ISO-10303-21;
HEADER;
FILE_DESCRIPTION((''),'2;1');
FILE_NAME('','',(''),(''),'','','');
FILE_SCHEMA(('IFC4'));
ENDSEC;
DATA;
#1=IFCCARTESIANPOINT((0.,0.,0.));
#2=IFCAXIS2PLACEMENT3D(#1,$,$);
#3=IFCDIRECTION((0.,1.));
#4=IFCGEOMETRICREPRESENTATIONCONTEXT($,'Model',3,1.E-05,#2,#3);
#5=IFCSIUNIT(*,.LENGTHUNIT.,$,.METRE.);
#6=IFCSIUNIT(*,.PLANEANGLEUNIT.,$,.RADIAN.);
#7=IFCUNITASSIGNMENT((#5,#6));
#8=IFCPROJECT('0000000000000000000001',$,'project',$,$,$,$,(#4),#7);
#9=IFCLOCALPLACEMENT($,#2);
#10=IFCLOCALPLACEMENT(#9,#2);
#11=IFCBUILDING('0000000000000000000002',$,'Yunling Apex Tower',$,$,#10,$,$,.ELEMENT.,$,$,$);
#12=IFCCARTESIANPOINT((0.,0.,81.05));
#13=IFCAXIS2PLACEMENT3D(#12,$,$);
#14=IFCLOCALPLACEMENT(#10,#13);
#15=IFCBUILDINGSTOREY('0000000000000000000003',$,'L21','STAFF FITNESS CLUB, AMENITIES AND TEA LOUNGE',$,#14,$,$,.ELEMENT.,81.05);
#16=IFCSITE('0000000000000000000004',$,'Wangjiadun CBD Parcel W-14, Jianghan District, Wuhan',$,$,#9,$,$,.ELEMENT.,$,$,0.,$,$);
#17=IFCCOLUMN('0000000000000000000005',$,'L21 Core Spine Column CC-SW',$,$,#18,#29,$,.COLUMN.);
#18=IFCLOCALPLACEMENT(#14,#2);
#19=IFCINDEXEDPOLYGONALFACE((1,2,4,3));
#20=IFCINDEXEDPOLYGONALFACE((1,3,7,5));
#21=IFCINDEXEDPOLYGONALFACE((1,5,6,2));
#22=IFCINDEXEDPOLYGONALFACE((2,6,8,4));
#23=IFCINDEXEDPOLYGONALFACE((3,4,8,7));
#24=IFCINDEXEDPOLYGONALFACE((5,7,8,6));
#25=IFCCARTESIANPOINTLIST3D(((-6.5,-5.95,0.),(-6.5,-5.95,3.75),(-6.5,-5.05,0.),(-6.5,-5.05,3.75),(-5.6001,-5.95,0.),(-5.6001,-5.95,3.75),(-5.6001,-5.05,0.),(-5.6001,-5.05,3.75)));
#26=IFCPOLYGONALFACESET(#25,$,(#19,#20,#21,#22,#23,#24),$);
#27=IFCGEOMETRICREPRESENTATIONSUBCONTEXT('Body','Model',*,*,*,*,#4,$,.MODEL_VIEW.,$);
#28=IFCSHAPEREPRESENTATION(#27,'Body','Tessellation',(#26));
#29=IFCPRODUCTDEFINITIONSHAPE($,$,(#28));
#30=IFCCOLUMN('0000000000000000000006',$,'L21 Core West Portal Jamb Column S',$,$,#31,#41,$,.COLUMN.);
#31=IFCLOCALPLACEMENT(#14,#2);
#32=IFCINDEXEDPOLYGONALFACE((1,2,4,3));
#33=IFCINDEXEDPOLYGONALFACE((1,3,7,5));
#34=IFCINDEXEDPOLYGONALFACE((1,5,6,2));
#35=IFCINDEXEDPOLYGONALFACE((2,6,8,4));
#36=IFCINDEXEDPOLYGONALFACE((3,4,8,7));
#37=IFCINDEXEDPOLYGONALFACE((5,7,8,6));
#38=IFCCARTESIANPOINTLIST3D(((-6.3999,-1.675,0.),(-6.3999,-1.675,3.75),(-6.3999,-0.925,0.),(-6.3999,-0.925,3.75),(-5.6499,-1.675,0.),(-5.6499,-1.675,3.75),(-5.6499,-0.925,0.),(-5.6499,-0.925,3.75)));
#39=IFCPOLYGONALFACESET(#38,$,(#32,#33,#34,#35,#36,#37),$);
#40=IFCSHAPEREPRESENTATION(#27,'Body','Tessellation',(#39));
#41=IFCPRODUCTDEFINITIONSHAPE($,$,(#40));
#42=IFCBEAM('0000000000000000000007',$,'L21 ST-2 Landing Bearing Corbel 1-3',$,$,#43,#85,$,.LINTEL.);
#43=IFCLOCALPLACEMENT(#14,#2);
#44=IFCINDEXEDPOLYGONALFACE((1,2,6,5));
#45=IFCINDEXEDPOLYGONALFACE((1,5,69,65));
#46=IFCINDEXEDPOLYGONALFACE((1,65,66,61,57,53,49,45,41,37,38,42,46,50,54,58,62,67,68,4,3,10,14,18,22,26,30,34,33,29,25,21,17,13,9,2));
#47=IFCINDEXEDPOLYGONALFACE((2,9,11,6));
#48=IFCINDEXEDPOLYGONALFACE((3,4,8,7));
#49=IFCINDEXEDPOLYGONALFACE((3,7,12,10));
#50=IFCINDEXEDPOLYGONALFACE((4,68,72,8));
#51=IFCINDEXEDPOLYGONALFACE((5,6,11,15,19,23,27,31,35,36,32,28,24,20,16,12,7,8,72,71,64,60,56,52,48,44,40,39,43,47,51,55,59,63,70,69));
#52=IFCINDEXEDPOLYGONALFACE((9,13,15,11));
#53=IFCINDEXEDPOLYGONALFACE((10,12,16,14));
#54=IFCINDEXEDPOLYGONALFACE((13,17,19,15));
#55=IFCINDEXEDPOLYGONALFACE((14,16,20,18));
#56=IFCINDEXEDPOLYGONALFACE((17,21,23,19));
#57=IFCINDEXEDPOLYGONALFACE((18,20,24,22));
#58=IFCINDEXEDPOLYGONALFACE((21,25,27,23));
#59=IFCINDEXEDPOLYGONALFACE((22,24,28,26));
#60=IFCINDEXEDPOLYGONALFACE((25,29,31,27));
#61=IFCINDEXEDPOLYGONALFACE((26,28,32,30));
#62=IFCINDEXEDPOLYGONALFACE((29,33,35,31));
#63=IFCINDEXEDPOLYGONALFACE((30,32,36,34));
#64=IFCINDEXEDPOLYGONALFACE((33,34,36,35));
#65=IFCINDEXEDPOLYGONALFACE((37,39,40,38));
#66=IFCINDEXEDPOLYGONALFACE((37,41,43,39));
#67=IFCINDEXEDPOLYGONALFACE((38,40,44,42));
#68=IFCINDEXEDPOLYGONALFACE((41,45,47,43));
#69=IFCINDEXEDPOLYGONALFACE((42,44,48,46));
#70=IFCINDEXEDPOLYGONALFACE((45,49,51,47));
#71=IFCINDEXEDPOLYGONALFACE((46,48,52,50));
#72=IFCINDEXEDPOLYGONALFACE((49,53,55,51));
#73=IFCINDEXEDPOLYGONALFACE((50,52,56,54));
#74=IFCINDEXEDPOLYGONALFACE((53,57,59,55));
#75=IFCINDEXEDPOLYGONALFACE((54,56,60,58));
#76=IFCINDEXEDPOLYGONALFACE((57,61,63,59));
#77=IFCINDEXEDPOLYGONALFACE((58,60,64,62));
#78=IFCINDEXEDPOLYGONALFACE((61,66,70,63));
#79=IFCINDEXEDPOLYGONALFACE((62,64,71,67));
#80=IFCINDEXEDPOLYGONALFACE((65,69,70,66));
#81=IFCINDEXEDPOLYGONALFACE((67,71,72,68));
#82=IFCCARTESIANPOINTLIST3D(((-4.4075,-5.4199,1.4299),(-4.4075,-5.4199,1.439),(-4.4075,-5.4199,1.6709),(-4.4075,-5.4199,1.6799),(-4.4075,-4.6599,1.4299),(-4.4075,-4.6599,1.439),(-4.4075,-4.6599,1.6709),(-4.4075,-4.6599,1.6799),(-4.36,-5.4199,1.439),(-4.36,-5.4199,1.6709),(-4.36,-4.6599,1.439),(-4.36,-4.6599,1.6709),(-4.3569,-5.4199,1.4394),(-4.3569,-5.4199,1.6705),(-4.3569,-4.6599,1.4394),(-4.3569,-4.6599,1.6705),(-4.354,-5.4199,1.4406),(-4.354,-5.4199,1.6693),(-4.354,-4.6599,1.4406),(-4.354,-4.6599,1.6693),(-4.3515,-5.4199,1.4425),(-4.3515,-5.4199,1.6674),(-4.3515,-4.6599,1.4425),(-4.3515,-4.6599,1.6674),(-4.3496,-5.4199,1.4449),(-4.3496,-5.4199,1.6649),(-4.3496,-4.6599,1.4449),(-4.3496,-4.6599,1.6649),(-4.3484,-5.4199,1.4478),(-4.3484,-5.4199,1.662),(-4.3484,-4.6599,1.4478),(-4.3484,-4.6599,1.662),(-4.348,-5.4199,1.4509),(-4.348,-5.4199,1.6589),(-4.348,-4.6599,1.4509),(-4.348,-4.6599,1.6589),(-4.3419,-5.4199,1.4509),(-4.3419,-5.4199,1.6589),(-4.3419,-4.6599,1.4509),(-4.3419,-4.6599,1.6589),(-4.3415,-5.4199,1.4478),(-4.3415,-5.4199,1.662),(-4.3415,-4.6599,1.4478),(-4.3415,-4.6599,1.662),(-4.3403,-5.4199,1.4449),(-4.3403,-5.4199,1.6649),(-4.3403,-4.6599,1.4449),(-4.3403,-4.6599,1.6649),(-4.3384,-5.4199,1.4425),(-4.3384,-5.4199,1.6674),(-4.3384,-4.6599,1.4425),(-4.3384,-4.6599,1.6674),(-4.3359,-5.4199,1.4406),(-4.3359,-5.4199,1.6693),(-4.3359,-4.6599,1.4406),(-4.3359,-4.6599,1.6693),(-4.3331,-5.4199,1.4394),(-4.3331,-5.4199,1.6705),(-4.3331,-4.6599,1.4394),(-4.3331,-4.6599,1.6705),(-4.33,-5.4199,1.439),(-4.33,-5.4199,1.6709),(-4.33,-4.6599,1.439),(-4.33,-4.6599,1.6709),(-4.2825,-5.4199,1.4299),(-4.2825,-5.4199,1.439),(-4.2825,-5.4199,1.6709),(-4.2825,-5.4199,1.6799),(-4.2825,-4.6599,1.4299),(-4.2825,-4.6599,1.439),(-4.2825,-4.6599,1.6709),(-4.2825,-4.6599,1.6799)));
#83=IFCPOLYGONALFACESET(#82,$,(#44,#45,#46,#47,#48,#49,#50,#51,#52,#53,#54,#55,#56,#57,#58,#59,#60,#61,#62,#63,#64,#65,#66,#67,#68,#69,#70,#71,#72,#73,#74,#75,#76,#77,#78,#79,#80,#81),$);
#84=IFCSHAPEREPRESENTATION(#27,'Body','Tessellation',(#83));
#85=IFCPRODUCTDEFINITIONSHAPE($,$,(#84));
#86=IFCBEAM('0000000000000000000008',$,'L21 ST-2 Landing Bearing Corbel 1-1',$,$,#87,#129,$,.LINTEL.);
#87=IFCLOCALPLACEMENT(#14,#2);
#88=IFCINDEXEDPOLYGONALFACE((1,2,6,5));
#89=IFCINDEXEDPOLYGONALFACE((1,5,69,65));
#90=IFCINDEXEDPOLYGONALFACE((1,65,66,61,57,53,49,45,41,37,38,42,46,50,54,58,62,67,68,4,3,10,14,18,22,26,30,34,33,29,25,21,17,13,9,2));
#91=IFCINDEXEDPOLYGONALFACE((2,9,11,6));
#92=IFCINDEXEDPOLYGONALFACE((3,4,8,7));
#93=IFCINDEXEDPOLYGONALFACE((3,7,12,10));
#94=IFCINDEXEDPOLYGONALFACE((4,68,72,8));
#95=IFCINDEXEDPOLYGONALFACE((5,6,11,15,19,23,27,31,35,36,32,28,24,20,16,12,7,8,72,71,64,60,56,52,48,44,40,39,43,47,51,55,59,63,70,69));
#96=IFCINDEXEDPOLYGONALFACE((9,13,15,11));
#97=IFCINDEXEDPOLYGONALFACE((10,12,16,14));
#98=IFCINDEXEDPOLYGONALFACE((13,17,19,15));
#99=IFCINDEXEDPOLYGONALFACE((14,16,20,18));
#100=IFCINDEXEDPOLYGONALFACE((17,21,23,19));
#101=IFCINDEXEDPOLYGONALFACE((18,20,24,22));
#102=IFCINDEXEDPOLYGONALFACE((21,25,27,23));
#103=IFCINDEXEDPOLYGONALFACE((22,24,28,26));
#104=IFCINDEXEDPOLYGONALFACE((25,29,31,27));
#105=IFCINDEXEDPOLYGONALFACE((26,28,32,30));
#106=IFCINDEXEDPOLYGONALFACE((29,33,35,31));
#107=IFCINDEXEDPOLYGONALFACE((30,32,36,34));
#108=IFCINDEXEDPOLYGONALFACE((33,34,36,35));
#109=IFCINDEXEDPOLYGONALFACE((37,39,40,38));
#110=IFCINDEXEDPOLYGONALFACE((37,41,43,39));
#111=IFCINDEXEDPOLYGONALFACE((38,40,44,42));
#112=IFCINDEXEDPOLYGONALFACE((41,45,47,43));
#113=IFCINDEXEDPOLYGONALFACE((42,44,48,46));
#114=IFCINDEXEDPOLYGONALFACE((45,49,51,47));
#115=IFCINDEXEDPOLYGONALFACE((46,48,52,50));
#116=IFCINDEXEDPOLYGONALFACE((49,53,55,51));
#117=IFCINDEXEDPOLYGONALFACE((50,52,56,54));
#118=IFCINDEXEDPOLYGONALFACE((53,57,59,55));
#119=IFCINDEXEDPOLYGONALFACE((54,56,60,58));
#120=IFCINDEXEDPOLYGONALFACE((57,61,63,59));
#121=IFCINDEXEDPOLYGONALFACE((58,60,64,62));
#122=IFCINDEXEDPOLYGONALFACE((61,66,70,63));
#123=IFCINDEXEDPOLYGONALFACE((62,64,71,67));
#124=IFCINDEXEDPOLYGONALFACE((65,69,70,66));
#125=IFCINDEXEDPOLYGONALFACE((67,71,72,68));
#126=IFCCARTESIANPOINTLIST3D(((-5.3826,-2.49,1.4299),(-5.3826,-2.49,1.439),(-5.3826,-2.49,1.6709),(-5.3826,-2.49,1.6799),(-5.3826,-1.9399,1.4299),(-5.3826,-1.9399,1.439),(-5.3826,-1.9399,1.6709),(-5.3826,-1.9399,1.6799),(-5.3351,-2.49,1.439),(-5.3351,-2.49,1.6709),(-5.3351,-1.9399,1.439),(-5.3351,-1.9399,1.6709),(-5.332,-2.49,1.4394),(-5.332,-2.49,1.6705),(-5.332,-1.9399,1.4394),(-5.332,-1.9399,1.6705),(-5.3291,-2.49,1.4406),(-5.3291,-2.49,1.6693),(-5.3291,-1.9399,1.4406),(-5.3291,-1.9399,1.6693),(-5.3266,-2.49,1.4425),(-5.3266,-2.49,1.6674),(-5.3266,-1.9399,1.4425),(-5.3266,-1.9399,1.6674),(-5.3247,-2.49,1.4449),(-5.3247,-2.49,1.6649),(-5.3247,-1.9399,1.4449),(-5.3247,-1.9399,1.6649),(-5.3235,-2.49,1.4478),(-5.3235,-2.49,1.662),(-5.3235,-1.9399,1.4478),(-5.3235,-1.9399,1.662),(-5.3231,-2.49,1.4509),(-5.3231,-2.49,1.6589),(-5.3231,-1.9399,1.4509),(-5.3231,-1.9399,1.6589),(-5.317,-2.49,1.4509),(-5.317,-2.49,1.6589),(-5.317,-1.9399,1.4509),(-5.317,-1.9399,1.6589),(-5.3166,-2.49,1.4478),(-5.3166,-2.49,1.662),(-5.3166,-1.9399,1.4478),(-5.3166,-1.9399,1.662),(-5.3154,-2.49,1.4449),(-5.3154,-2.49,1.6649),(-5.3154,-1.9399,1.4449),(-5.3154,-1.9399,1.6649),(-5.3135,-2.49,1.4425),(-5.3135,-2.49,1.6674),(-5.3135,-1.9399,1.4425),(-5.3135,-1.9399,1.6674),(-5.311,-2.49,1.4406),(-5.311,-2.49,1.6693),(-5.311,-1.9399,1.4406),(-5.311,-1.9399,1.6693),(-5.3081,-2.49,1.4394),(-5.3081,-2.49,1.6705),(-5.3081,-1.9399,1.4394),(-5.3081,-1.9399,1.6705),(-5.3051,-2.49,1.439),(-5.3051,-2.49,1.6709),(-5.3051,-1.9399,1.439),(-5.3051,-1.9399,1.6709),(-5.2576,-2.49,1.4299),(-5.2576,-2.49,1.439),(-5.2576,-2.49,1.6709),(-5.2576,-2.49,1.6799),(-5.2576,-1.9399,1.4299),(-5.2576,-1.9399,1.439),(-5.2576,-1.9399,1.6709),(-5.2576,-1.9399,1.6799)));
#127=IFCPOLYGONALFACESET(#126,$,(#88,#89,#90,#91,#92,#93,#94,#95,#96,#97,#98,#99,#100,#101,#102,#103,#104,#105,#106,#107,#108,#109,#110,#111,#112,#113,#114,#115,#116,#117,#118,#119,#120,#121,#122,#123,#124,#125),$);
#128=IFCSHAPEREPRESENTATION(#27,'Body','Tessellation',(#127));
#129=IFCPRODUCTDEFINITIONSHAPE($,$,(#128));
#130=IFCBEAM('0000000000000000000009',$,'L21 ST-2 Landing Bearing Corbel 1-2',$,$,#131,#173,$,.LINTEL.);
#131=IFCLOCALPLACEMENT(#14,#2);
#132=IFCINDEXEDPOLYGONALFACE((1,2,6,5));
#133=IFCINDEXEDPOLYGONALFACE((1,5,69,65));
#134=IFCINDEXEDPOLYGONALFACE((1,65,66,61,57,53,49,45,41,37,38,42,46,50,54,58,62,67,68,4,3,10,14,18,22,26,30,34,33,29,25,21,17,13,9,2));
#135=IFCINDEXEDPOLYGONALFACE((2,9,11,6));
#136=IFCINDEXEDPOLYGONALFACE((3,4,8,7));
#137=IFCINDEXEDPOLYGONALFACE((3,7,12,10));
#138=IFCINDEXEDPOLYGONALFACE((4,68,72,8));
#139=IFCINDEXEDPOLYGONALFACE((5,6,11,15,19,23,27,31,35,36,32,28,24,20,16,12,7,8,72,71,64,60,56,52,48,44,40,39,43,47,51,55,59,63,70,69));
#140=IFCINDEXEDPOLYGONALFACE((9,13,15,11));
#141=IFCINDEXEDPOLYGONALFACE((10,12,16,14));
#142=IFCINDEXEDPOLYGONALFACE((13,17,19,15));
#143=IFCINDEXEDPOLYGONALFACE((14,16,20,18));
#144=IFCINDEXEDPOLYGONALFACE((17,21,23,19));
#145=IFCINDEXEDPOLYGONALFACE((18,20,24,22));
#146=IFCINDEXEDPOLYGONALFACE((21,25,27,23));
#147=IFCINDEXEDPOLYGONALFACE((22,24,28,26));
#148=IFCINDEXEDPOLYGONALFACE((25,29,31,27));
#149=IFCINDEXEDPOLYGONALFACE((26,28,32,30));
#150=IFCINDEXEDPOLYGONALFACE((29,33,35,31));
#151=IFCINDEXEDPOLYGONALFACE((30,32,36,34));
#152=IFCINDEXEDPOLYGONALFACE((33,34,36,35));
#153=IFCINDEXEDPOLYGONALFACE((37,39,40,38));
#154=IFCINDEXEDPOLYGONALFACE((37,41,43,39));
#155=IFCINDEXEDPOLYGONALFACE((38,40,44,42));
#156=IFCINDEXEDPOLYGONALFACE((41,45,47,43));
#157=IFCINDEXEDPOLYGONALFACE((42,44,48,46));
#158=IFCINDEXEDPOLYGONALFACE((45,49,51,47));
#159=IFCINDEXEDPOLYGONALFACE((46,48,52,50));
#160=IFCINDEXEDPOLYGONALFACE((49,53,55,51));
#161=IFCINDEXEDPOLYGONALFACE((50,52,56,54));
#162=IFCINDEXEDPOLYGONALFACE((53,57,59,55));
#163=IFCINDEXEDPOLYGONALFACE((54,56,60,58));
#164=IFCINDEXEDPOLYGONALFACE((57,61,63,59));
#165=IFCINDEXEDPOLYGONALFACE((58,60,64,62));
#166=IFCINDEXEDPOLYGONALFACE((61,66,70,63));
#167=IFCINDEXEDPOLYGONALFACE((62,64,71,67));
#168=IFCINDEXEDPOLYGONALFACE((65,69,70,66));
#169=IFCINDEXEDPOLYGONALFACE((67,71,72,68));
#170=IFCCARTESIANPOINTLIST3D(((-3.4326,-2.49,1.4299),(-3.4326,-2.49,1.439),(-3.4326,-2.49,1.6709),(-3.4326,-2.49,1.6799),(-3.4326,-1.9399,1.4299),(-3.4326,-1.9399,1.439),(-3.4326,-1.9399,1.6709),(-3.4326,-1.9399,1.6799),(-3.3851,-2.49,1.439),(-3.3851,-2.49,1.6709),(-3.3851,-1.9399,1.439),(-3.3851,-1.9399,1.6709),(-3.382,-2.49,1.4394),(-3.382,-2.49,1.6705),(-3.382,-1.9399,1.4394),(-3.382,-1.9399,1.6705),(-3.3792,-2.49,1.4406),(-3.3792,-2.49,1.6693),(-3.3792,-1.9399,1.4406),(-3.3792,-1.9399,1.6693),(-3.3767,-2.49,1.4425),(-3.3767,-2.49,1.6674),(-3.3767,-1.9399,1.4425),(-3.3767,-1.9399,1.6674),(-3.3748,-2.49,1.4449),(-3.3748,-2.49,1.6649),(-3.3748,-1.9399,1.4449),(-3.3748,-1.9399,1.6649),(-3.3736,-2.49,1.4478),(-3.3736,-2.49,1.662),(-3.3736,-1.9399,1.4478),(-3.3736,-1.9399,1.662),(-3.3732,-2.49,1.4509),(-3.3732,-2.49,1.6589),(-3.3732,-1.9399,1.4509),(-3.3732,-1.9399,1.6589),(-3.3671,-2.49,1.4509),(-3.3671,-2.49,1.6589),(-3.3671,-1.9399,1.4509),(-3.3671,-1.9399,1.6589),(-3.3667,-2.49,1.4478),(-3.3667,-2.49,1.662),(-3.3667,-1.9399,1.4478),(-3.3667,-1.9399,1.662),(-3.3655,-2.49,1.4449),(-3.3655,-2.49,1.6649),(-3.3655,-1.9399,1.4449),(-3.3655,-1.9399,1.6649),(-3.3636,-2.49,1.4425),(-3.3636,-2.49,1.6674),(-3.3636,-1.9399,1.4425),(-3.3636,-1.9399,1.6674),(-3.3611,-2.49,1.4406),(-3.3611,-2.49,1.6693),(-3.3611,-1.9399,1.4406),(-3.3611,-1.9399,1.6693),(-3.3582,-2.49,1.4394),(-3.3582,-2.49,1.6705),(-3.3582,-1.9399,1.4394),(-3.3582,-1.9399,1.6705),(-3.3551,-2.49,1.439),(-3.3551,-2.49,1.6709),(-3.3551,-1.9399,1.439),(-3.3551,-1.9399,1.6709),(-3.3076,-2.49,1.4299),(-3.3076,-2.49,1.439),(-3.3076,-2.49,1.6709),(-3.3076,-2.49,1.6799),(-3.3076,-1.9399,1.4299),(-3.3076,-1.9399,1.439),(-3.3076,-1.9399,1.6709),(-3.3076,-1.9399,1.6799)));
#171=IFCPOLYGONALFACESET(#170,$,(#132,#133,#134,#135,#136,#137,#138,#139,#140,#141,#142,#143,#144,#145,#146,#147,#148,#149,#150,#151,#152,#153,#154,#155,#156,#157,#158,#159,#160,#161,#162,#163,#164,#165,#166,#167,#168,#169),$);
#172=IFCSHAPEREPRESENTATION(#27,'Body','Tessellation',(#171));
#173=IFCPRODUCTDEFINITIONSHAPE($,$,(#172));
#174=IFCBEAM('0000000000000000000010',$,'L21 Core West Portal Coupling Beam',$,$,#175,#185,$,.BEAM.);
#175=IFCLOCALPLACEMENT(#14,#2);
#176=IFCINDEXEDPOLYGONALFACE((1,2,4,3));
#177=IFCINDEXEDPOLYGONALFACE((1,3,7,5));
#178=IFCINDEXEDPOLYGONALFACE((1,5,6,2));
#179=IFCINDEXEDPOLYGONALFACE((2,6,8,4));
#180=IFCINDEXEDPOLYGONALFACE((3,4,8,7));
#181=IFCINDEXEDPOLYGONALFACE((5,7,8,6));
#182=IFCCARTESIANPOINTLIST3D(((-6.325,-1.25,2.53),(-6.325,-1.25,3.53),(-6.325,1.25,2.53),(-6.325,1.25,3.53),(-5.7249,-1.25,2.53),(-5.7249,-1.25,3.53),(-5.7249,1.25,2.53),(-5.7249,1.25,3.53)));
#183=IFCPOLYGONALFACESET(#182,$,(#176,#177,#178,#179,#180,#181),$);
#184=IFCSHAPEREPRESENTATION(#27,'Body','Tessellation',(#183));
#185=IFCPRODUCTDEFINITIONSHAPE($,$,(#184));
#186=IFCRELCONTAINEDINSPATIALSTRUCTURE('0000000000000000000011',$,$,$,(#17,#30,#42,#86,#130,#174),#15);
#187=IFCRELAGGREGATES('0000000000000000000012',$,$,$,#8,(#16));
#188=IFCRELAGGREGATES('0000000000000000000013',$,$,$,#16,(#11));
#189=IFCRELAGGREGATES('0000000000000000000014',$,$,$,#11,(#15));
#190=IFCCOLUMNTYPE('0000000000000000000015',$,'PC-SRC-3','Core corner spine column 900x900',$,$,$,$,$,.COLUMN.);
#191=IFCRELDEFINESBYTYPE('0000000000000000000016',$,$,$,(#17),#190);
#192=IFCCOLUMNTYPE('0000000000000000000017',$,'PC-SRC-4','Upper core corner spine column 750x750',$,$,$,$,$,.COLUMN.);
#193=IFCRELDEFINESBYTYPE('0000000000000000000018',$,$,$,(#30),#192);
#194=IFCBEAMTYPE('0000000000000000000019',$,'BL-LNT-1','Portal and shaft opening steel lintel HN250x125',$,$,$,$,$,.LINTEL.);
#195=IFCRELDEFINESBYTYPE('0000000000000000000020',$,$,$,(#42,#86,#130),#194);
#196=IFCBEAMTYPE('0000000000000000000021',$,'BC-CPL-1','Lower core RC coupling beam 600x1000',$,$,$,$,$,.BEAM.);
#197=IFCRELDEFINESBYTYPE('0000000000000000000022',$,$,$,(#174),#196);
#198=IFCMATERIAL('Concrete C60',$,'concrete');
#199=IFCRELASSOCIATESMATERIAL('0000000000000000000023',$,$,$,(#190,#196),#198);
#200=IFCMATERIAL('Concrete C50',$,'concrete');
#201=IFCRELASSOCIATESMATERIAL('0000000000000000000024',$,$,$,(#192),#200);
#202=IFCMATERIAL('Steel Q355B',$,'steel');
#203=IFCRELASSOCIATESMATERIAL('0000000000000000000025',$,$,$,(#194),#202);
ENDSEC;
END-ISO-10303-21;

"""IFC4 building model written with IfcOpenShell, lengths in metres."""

from ifc_helpers import new_model, si_unit, direction, frame, origin, origin_2d, place, context, subcontext, project, spatial, rectangle, i_section, extrude, source, transform, mapped, material, material_profile, profile_set, type_object, element, save


model = new_model("IFC4")

# Units and contexts
model_context = context("Model", 3, precision=1e-05, world=origin(), true_north=direction((0.0, 1.0)))
body_context = subcontext(model_context, "Body", "Model", "MODEL_VIEW")
ifc_project = project(units=[si_unit("LENGTHUNIT", "METRE"), si_unit("PLANEANGLEUNIT", "RADIAN")], contexts=[model_context])

# Site, building, storey
site_placement = place(None, origin())
site = spatial("IfcSite", under=ifc_project, at=site_placement, Name="Wangjiadun CBD Parcel W-14, Jianghan District, Wuhan", CompositionType="ELEMENT", RefElevation=0.0)
building_placement = place(site_placement, origin())
building = spatial("IfcBuilding", under=site, at=building_placement, Name="Yunling Apex Tower", CompositionType="ELEMENT")
storey_placement = place(building_placement, frame((0.0, 0.0, 81.05)))
storey = spatial("IfcBuildingStorey", under=building, at=storey_placement, Name="L21", Description="STAFF FITNESS CLUB, AMENITIES AND TEA LOUNGE", CompositionType="ELEMENT", Elevation=81.05)

# Columns
ifc_material_1 = material(Name="Concrete C60", Category="concrete")
ifc_material_profile_1 = material_profile(ifc_material_1, rectangle(XDim=0.8999, YDim=0.8999, at=origin_2d()))
ifc_profile_set_1 = profile_set([ifc_material_profile_1], Name="Concrete C60")
column_type_1 = type_object("IfcColumnType", Name="PC-SRC-3", Description="Core corner spine column 900x900", PredefinedType="COLUMN", material=ifc_profile_set_1)
shared_shape_1 = source(origin(), body_context, "Body", "SweptSolid", [
    extrude(rectangle(XDim=0.8999, YDim=0.8999, at=origin_2d()), origin(), (0.0, 0.0, 1.0), 3.75),
])
column_1_placement = place(storey_placement, frame((-6.05, -5.5, 0.0), z_axis=(0.0, 0.0, 1.0), x_axis=(1.0, 0.0, 0.0)))
element("IfcColumn", 1, at=column_1_placement, inside=storey, type_object=column_type_1, Name="L21 Core Spine Column CC-SW", PredefinedType="COLUMN", context=body_context, shape_type="MappedRepresentation", body=[
    mapped(shared_shape_1, transform((0.0, 0.0, 0.0), scale=1.0)),
])
ifc_material_2 = material(Name="Concrete C50", Category="concrete")
ifc_material_profile_2 = material_profile(ifc_material_2, rectangle(XDim=0.75, YDim=0.75, at=origin_2d()))
ifc_profile_set_2 = profile_set([ifc_material_profile_2], Name="Concrete C50")
column_type_2 = type_object("IfcColumnType", Name="PC-SRC-4", Description="Upper core corner spine column 750x750", PredefinedType="COLUMN", material=ifc_profile_set_2)
shared_shape_2 = source(origin(), body_context, "Body", "SweptSolid", [
    extrude(rectangle(XDim=0.75, YDim=0.75, at=origin_2d()), origin(), (0.0, 0.0, 1.0), 3.75),
])
column_2_placement = place(storey_placement, frame((-6.0249, -1.3, 0.0), z_axis=(0.0, 0.0, 1.0), x_axis=(1.0, 0.0, 0.0)))
element("IfcColumn", 2, at=column_2_placement, inside=storey, type_object=column_type_2, Name="L21 Core West Portal Jamb Column S", PredefinedType="COLUMN", context=body_context, shape_type="MappedRepresentation", body=[
    mapped(shared_shape_2, transform((0.0, 0.0, 0.0), scale=1.0)),
])

# Beams
ifc_material_3 = material(Name="Steel Q355B", Category="steel")
ifc_material_profile_3 = material_profile(ifc_material_3, i_section(OverallWidth=0.125, OverallDepth=0.25, WebThickness=0.0061, FlangeThickness=0.009, FilletRadius=0.012, at=origin_2d()))
ifc_profile_set_3 = profile_set([ifc_material_profile_3], Name="Steel Q355B")
beam_type_1 = type_object("IfcBeamType", Name="BL-LNT-1", Description="Portal and shaft opening steel lintel HN250x125", PredefinedType="LINTEL", material=ifc_profile_set_3)
shared_shape_3 = source(origin(), body_context, "Body", "SweptSolid", [
    extrude(i_section(OverallWidth=0.125, OverallDepth=0.25, WebThickness=0.0061, FlangeThickness=0.009, FilletRadius=0.012, at=origin_2d()), origin(), (0.0, 0.0, 1.0), 0.76),
])
beam_1_placement = place(storey_placement, frame((-4.345, -5.4199, 1.5549), z_axis=(0.0, 1.0, 0.0), x_axis=(-1.0, 0.0, 0.0)))
element("IfcBeam", 3, at=beam_1_placement, inside=storey, type_object=beam_type_1, Name="L21 ST-2 Landing Bearing Corbel 1-3", PredefinedType="LINTEL", context=body_context, shape_type="MappedRepresentation", body=[
    mapped(shared_shape_3, transform((0.0, 0.0, 0.0), scale=1.0)),
])
shared_shape_4 = source(origin(), body_context, "Body", "SweptSolid", [
    extrude(i_section(OverallWidth=0.125, OverallDepth=0.25, WebThickness=0.0061, FlangeThickness=0.009, FilletRadius=0.012, at=origin_2d()), origin(), (0.0, 0.0, 1.0), 0.55),
])
for number, where, z_axis, x_axis, name in (
    (4, (-5.3201, -1.9399, 1.5549), (0.0, -1.0, 0.0), (1.0, 0.0, 0.0), "L21 ST-2 Landing Bearing Corbel 1-1"),
    (5, (-3.3701, -1.9399, 1.5549), (0.0, -1.0, 0.0), (1.0, 0.0, 0.0), "L21 ST-2 Landing Bearing Corbel 1-2"),
):
    element("IfcBeam", number, at=place(storey_placement, frame(where, z_axis=z_axis, x_axis=x_axis)), inside=storey, type_object=beam_type_1, Name=name, PredefinedType="LINTEL", context=body_context, shape_type="MappedRepresentation", body=[
        mapped(shared_shape_4, transform((0.0, 0.0, 0.0), scale=1.0)),
    ])
ifc_material_profile_4 = material_profile(ifc_material_1, rectangle(XDim=0.6001, YDim=1.0, at=origin_2d()))
ifc_profile_set_4 = profile_set([ifc_material_profile_4], Name="Concrete C60")
beam_type_2 = type_object("IfcBeamType", Name="BC-CPL-1", Description="Lower core RC coupling beam 600x1000", PredefinedType="BEAM", material=ifc_profile_set_4)
shared_shape_5 = source(origin(), body_context, "Body", "SweptSolid", [
    extrude(rectangle(XDim=0.6001, YDim=1.0, at=origin_2d()), origin(), (0.0, 0.0, 1.0), 2.5),
])
beam_2_placement = place(storey_placement, frame((-6.0249, -1.25, 3.03), z_axis=(0.0, 1.0, 0.0), x_axis=(-1.0, 0.0, 0.0)))
element("IfcBeam", 6, at=beam_2_placement, inside=storey, type_object=beam_type_2, Name="L21 Core West Portal Coupling Beam", PredefinedType="BEAM", context=body_context, shape_type="MappedRepresentation", body=[
    mapped(shared_shape_5, transform((0.0, 0.0, 0.0), scale=1.0)),
])

save(model, "model.ifc")
